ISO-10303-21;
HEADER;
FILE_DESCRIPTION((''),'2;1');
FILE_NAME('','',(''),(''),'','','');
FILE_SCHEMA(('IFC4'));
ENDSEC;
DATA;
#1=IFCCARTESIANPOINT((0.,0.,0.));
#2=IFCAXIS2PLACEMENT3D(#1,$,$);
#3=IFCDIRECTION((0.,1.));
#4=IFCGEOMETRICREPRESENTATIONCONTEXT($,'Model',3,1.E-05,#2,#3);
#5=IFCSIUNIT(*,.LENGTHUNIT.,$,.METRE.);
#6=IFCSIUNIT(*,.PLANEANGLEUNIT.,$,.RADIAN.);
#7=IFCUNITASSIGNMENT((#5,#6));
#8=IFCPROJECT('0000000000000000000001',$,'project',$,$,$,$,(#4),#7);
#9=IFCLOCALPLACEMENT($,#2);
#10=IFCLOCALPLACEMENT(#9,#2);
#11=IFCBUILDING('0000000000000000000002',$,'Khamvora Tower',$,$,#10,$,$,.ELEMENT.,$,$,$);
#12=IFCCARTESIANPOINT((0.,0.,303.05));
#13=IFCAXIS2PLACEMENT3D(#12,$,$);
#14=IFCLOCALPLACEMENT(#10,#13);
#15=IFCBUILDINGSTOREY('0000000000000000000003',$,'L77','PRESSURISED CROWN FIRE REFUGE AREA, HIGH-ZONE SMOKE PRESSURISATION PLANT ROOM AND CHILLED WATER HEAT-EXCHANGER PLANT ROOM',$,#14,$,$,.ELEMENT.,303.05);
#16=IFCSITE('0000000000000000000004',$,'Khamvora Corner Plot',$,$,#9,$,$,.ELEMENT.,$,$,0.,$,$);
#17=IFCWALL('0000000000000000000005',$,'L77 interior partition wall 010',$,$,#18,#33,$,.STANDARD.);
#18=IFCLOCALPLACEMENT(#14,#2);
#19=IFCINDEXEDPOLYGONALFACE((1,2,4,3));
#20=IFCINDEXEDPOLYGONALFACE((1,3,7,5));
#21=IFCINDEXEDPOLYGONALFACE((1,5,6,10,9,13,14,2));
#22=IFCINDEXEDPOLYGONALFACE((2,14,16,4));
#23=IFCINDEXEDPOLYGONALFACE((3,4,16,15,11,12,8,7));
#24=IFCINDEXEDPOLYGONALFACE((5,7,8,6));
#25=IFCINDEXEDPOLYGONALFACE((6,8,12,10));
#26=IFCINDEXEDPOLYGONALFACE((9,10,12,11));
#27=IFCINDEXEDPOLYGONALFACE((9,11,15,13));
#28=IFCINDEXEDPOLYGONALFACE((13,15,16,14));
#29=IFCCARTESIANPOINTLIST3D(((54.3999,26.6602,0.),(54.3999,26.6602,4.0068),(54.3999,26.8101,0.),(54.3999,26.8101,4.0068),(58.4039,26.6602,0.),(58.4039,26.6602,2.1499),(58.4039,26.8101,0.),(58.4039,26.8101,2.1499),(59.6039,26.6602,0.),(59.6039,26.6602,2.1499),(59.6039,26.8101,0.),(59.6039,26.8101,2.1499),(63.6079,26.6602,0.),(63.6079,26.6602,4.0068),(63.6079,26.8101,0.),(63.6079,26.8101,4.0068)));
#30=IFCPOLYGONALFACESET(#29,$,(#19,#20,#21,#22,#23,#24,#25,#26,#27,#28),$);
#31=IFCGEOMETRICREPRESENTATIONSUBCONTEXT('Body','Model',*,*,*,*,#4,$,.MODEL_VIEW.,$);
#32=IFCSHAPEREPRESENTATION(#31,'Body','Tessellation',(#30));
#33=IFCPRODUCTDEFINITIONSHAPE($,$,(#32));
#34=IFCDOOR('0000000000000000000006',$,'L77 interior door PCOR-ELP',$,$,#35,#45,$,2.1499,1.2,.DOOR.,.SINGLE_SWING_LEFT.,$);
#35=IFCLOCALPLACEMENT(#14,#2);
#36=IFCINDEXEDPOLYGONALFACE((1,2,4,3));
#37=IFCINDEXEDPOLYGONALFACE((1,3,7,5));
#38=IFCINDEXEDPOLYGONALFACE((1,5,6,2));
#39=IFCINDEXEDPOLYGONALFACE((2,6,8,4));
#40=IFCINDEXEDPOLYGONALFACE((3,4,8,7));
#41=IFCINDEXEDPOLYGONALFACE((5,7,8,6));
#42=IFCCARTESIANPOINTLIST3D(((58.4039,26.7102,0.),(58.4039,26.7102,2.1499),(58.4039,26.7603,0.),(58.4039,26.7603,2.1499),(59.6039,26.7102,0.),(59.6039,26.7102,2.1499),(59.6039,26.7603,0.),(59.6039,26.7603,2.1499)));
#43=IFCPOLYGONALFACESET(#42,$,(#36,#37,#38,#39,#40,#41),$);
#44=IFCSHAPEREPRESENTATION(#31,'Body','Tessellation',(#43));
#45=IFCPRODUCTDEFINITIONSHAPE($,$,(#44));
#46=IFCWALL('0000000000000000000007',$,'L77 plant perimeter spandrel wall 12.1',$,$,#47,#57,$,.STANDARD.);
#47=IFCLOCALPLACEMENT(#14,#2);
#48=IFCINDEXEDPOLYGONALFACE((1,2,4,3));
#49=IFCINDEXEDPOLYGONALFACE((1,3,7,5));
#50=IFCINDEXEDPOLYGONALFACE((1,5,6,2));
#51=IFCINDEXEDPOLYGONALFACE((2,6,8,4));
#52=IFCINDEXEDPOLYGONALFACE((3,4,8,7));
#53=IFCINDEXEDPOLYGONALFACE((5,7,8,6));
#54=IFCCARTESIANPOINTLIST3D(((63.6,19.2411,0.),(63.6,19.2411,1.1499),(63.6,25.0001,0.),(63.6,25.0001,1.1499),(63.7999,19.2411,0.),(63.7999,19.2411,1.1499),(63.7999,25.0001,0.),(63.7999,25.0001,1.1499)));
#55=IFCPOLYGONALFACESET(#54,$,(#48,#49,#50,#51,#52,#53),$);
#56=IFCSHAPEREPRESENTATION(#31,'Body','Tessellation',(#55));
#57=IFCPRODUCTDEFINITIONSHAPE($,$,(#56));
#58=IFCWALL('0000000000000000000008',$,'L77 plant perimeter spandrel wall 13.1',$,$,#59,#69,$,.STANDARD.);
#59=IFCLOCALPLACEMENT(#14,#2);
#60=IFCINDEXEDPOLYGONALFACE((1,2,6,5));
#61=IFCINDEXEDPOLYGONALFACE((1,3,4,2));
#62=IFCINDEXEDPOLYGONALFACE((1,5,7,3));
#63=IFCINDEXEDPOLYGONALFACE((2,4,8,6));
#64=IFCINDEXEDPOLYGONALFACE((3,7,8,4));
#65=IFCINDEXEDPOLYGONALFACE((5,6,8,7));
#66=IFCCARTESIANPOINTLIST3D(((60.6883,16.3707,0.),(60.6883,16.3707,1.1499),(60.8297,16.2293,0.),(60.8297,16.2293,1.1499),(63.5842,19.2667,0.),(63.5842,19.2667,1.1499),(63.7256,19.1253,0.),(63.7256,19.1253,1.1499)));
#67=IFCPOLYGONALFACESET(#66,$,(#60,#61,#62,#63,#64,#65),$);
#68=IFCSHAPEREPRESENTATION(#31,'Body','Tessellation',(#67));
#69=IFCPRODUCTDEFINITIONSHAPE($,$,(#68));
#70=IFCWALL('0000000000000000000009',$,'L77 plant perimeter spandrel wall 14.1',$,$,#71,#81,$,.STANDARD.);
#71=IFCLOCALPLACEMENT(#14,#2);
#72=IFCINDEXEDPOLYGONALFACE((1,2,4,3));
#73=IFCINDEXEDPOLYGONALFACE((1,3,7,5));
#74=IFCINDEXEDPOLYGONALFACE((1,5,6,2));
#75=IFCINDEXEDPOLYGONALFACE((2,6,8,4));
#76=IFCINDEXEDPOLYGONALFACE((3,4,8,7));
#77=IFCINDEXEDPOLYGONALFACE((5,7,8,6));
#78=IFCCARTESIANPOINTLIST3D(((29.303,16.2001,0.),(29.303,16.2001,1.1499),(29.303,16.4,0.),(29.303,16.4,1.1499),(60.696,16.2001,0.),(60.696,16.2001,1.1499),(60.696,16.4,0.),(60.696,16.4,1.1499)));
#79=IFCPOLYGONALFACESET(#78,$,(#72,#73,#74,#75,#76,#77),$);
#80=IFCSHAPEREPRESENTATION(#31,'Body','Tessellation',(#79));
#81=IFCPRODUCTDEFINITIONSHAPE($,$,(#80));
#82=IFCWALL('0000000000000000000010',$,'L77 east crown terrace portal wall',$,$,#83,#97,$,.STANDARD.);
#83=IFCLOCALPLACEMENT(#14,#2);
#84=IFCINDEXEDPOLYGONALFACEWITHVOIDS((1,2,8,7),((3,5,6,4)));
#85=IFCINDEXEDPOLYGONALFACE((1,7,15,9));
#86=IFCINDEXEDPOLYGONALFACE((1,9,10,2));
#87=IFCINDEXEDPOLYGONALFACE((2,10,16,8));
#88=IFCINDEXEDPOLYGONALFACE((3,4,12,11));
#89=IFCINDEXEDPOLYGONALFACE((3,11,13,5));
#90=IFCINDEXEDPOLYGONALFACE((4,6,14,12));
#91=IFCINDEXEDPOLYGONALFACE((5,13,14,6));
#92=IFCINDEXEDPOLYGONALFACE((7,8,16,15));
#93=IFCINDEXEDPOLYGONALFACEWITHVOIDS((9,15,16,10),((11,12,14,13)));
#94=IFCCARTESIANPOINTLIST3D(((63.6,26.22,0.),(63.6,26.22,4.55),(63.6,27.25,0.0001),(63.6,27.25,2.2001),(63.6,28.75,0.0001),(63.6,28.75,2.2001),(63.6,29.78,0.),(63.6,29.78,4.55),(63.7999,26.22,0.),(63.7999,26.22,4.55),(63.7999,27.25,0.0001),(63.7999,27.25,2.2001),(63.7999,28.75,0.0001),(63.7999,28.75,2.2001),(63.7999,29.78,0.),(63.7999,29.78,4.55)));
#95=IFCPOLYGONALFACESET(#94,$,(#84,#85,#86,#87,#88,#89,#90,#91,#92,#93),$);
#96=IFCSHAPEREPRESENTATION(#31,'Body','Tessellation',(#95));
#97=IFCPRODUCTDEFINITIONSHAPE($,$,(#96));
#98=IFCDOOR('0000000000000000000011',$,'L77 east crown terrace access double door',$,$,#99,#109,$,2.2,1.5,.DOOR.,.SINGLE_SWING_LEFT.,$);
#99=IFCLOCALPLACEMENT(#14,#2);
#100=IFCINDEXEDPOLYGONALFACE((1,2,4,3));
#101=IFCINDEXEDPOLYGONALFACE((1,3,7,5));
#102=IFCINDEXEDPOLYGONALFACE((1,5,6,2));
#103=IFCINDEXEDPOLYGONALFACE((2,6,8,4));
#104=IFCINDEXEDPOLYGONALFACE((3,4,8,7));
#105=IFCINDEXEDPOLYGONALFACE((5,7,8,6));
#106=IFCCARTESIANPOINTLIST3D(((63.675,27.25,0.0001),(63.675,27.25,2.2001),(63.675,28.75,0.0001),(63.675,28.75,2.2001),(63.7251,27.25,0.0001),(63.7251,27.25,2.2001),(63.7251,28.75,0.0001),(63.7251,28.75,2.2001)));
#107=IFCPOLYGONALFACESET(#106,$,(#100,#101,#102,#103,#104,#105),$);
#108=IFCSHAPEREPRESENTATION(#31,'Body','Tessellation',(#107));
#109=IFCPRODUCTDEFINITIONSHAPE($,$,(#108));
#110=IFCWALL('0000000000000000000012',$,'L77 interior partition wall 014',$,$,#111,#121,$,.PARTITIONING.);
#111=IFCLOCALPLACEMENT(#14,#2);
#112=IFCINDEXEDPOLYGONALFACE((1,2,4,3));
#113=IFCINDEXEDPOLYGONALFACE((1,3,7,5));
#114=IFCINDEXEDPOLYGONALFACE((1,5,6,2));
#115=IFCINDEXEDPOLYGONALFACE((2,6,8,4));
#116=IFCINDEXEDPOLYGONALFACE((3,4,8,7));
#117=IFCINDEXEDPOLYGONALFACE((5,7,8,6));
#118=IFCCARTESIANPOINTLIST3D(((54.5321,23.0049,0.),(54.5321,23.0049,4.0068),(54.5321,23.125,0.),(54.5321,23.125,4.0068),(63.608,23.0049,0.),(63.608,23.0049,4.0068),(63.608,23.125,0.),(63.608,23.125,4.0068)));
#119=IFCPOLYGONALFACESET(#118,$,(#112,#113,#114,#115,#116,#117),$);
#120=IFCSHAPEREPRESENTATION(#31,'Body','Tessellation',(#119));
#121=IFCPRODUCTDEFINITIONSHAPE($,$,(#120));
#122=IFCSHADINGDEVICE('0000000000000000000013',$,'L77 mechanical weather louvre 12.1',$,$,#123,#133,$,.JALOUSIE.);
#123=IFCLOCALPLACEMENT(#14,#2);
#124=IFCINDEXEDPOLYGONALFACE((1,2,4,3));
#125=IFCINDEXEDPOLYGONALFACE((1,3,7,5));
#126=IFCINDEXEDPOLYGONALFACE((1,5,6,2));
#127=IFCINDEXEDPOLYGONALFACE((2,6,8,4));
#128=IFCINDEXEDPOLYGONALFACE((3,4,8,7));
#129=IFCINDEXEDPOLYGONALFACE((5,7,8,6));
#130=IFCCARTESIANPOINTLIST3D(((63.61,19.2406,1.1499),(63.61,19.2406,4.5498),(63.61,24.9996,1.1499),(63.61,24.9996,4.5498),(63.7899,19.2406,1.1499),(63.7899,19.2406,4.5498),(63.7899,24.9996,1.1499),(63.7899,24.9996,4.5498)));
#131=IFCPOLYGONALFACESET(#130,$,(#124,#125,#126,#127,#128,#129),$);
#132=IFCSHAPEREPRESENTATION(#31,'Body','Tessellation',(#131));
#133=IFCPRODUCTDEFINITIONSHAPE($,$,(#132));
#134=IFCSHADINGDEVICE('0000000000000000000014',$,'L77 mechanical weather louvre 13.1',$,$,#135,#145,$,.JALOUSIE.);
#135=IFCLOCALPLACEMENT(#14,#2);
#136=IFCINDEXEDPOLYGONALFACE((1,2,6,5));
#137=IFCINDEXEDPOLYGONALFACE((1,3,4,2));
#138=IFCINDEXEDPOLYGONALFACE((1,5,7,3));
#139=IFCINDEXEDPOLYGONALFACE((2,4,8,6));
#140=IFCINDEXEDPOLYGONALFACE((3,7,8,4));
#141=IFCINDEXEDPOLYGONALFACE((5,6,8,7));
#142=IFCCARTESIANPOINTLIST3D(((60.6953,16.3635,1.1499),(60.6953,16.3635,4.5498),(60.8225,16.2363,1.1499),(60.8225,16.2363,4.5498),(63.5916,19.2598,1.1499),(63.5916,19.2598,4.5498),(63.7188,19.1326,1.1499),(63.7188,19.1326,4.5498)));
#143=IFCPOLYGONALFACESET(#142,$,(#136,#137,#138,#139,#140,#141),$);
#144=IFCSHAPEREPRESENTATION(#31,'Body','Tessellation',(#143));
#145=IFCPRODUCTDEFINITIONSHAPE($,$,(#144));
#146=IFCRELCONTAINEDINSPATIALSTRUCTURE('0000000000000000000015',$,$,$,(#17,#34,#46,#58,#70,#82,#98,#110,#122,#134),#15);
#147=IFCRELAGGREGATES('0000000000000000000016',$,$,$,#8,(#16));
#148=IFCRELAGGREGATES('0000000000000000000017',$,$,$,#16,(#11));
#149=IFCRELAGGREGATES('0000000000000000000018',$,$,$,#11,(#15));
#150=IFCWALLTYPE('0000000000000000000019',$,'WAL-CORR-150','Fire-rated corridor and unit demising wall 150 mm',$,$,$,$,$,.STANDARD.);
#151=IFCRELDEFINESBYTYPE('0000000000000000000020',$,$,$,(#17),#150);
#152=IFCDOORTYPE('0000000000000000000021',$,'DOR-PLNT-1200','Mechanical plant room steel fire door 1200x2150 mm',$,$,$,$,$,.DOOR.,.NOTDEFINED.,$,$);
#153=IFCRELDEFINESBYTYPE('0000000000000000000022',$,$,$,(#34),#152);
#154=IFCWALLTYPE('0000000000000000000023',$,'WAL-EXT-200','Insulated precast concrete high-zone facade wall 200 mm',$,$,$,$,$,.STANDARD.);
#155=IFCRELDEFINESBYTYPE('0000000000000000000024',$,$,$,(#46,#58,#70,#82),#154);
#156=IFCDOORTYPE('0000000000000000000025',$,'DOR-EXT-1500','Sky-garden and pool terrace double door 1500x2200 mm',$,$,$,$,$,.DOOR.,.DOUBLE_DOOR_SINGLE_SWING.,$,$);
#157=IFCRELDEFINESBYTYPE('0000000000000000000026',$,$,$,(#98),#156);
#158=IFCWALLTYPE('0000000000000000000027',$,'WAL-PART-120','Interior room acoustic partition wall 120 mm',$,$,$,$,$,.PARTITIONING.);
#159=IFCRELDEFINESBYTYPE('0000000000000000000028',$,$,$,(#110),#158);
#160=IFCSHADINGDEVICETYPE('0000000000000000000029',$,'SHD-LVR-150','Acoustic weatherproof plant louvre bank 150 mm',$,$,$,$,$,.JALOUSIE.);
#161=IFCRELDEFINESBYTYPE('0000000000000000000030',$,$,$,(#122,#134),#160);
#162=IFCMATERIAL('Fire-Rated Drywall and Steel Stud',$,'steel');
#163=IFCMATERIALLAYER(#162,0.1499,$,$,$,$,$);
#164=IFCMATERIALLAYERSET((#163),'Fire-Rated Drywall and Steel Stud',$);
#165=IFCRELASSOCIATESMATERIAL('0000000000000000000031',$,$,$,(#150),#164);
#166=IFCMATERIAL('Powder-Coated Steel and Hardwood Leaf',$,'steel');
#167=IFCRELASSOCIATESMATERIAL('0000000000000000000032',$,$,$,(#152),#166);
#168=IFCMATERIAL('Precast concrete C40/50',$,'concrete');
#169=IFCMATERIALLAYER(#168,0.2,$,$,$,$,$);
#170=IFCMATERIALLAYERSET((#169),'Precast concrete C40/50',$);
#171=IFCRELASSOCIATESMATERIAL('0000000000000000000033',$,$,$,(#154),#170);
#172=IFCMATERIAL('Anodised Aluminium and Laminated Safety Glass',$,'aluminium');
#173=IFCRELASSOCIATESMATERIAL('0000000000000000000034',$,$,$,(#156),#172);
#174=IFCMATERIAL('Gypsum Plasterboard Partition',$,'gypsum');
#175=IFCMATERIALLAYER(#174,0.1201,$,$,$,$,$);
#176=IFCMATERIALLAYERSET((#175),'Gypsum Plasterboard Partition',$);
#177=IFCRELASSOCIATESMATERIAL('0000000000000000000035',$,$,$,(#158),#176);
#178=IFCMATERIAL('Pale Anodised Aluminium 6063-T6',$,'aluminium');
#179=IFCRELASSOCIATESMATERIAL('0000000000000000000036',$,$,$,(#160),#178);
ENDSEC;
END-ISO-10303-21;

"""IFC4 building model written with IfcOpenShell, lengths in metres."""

from ifc_helpers import new_model, si_unit, direction, frame, frame_2d, origin, origin_2d, place, context, subcontext, project, spatial, rectangle, extrude, material, layer, layer_set, type_object, element, fill, save


model = new_model("IFC4")

# Units and contexts
model_context = context("Model", 3, precision=1e-05, world=origin(), true_north=direction((0.0, 1.0)))
body_context = subcontext(model_context, "Body", "Model", "MODEL_VIEW")
ifc_project = project(units=[si_unit("LENGTHUNIT", "METRE"), si_unit("PLANEANGLEUNIT", "RADIAN")], contexts=[model_context])

# Site, building, storey
site_placement = place(None, origin())
site = spatial("IfcSite", under=ifc_project, at=site_placement, Name="Khamvora Corner Plot", CompositionType="ELEMENT", RefElevation=0.0)
building_placement = place(site_placement, origin())
building = spatial("IfcBuilding", under=site, at=building_placement, Name="Khamvora Tower", CompositionType="ELEMENT")
storey_placement = place(building_placement, frame((0.0, 0.0, 303.05)))
storey = spatial("IfcBuildingStorey", under=building, at=storey_placement, Name="L77", Description="PRESSURISED CROWN FIRE REFUGE AREA, HIGH-ZONE SMOKE PRESSURISATION PLANT ROOM AND CHILLED WATER HEAT-EXCHANGER PLANT ROOM", CompositionType="ELEMENT", Elevation=303.05)

# Shared definitions
ifc_material_1 = material(Name="Fire-Rated Drywall and Steel Stud", Category="steel")
ifc_layer_1 = layer(ifc_material_1, 0.1499)
ifc_layer_set_1 = layer_set([ifc_layer_1], Name="Fire-Rated Drywall and Steel Stud")
wall_type_1 = type_object("IfcWallType", Name="WAL-CORR-150", Description="Fire-rated corridor and unit demising wall 150 mm", PredefinedType="STANDARD", material=ifc_layer_set_1)

# Wall, opening, door
ifc_material_2 = material(Name="Powder-Coated Steel and Hardwood Leaf", Category="steel")
door_type_1 = type_object("IfcDoorType", Name="DOR-PLNT-1200", Description="Mechanical plant room steel fire door 1200x2150 mm", OperationType="NOTDEFINED", PredefinedType="DOOR", material=ifc_material_2)
wall_1_placement = place(storey_placement, frame((63.6079, 26.7351, 0.0), z_axis=(0.0, 0.0, 1.0), x_axis=(-1.0, 0.0, 0.0)))
wall_1 = element("IfcWall", 1, at=wall_1_placement, inside=storey, type_object=wall_type_1, Name="L77 interior partition wall 010", PredefinedType="STANDARD", context=body_context, shape_type="SweptSolid", body=[
    extrude(rectangle(XDim=9.208, YDim=0.1499, at=frame_2d((4.604, 0.0))), origin(), (0.0, 0.0, 1.0), 4.0068),
])
opening_1_placement = place(wall_1_placement, frame((4.0039, 0.0, 0.0)))
opening_1 = element("IfcOpeningElement", 2, at=opening_1_placement, cuts=wall_1, PredefinedType="OPENING", context=body_context, shape_type="SweptSolid", body=[
    extrude(rectangle(XDim=1.2, YDim=2.1499, at=frame_2d((0.6001, 1.075))), frame((0.0, 0.085, 0.0), z_axis=(0.0, -1.0, 0.0), x_axis=(1.0, 0.0, 0.0)), (0.0, 0.0, 1.0), 0.1699),
])
door_1_placement = place(opening_1_placement, origin())
door_1 = element("IfcDoor", 3, at=door_1_placement, inside=storey, type_object=door_type_1, Name="L77 interior door PCOR-ELP", OperationType="SINGLE_SWING_LEFT", OverallHeight=2.1499, OverallWidth=1.2, PredefinedType="DOOR", context=body_context, shape_type="SweptSolid", body=[
    extrude(rectangle(XDim=1.2, YDim=2.1499, at=frame_2d((0.6001, 1.075))), frame((0.0, 0.0249, 0.0), z_axis=(0.0, -1.0, 0.0), x_axis=(1.0, 0.0, 0.0)), (0.0, 0.0, 1.0), 0.05),
])
fill(opening_1, door_1)

# Walls
ifc_material_3 = material(Name="Precast concrete C40/50", Category="concrete")
ifc_layer_2 = layer(ifc_material_3, 0.2)
ifc_layer_set_2 = layer_set([ifc_layer_2], Name="Precast concrete C40/50")
wall_type_2 = type_object("IfcWallType", Name="WAL-EXT-200", Description="Insulated precast concrete high-zone facade wall 200 mm", PredefinedType="STANDARD", material=ifc_layer_set_2)
wall_2_placement = place(storey_placement, frame((63.7, 25.0, 0.0), z_axis=(0.0, 0.0, 1.0), x_axis=(0.0, -1.0, 0.0)))
element("IfcWall", 4, at=wall_2_placement, inside=storey, type_object=wall_type_2, Name="L77 plant perimeter spandrel wall 12.1", PredefinedType="STANDARD", context=body_context, shape_type="SweptSolid", body=[
    extrude(rectangle(XDim=5.759, YDim=0.2, at=frame_2d((2.8794, 0.0))), origin(), (0.0, 0.0, 1.0), 1.1499),
])
wall_3_placement = place(storey_placement, frame((63.655, 19.196, 0.0), z_axis=(0.0, 0.0, 1.0), x_axis=(-0.707107, -0.707107, 0.0)))
element("IfcWall", 5, at=wall_3_placement, inside=storey, type_object=wall_type_2, Name="L77 plant perimeter spandrel wall 13.1", PredefinedType="STANDARD", context=body_context, shape_type="SweptSolid", body=[
    extrude(rectangle(XDim=4.0955, YDim=0.2, at=frame_2d((2.0479, 0.0))), origin(), (0.0, 0.0, 1.0), 1.1499),
])
wall_4_placement = place(storey_placement, frame((60.696, 16.3, 0.0), z_axis=(0.0, 0.0, 1.0), x_axis=(-1.0, 0.0, 0.0)))
element("IfcWall", 6, at=wall_4_placement, inside=storey, type_object=wall_type_2, Name="L77 plant perimeter spandrel wall 14.1", PredefinedType="STANDARD", context=body_context, shape_type="SweptSolid", body=[
    extrude(rectangle(XDim=31.3931, YDim=0.2, at=frame_2d((15.6965, 0.0))), origin(), (0.0, 0.0, 1.0), 1.1499),
])

# Wall, opening, door
wall_5_placement = place(storey_placement, frame((63.7, 26.22, 0.0), z_axis=(0.0, 0.0, 1.0), x_axis=(0.0, 1.0, 0.0)))
wall_5 = element("IfcWall", 7, at=wall_5_placement, inside=storey, type_object=wall_type_2, Name="L77 east crown terrace portal wall", PredefinedType="STANDARD", context=body_context, shape_type="SweptSolid", body=[
    extrude(rectangle(XDim=3.5601, YDim=0.2, at=frame_2d((1.78, 0.0))), origin(), (0.0, 0.0, 1.0), 4.55),
])
opening_2_placement = place(wall_5_placement, frame((1.03, 0.0, 0.0)))
opening_2 = element("IfcOpeningElement", 8, at=opening_2_placement, cuts=wall_5, PredefinedType="OPENING", context=body_context, shape_type="SweptSolid", body=[
    extrude(rectangle(XDim=1.5, YDim=2.2, at=frame_2d((0.75, 1.1001))), frame((0.0, 0.1099, 0.0), z_axis=(0.0, -1.0, 0.0), x_axis=(1.0, 0.0, 0.0)), (0.0, 0.0, 1.0), 0.22),
])
ifc_material_4 = material(Name="Anodised Aluminium and Laminated Safety Glass", Category="aluminium")
door_type_2 = type_object("IfcDoorType", Name="DOR-EXT-1500", Description="Sky-garden and pool terrace double door 1500x2200 mm", OperationType="DOUBLE_DOOR_SINGLE_SWING", PredefinedType="DOOR", material=ifc_material_4)
door_2_placement = place(opening_2_placement, origin())
door_2 = element("IfcDoor", 9, at=door_2_placement, inside=storey, type_object=door_type_2, Name="L77 east crown terrace access double door", OperationType="SINGLE_SWING_LEFT", OverallHeight=2.2, OverallWidth=1.5, PredefinedType="DOOR", context=body_context, shape_type="SweptSolid", body=[
    extrude(rectangle(XDim=1.5, YDim=2.2, at=frame_2d((0.75, 1.1001))), frame((0.0, 0.0249, 0.0), z_axis=(0.0, -1.0, 0.0), x_axis=(1.0, 0.0, 0.0)), (0.0, 0.0, 1.0), 0.05),
])
fill(opening_2, door_2)

# Wall
ifc_material_5 = material(Name="Gypsum Plasterboard Partition", Category="gypsum")
ifc_layer_3 = layer(ifc_material_5, 0.1201)
ifc_layer_set_3 = layer_set([ifc_layer_3], Name="Gypsum Plasterboard Partition")
wall_type_3 = type_object("IfcWallType", Name="WAL-PART-120", Description="Interior room acoustic partition wall 120 mm", PredefinedType="PARTITIONING", material=ifc_layer_set_3)
wall_6_placement = place(storey_placement, frame((54.532, 23.0649, 0.0), z_axis=(0.0, 0.0, 1.0), x_axis=(1.0, 0.0, 0.0)))
element("IfcWall", 10, at=wall_6_placement, inside=storey, type_object=wall_type_3, Name="L77 interior partition wall 014", PredefinedType="PARTITIONING", context=body_context, shape_type="SweptSolid", body=[
    extrude(rectangle(XDim=9.0759, YDim=0.1201, at=frame_2d((4.5381, 0.0))), origin(), (0.0, 0.0, 1.0), 4.0068),
])

# Shading devices
ifc_material_6 = material(Name="Pale Anodised Aluminium 6063-T6", Category="aluminium")
shading_device_type = type_object("IfcShadingDeviceType", Name="SHD-LVR-150", Description="Acoustic weatherproof plant louvre bank 150 mm", PredefinedType="JALOUSIE", material=ifc_material_6)
shading_device_1_placement = place(storey_placement, frame((63.7, 22.1201, 1.1499), z_axis=(0.0, 0.0, 1.0), x_axis=(0.0, -1.0, 0.0)))
element("IfcShadingDevice", 11, at=shading_device_1_placement, inside=storey, type_object=shading_device_type, Name="L77 mechanical weather louvre 12.1", PredefinedType="JALOUSIE", context=body_context, shape_type="SweptSolid", body=[
    extrude(rectangle(XDim=5.759, YDim=0.1799, at=origin_2d()), origin(), (0.0, 0.0, 1.0), 3.3999),
])
shading_device_2_placement = place(storey_placement, frame((62.207, 17.748, 1.1499), z_axis=(0.0, 0.0, 1.0), x_axis=(-0.707107, -0.707107, 0.0)))
element("IfcShadingDevice", 12, at=shading_device_2_placement, inside=storey, type_object=shading_device_type, Name="L77 mechanical weather louvre 13.1", PredefinedType="JALOUSIE", context=body_context, shape_type="SweptSolid", body=[
    extrude(rectangle(XDim=4.0959, YDim=0.1799, at=origin_2d()), origin(), (0.0, 0.0, 1.0), 3.3999),
])

save(model, "model.ifc")
